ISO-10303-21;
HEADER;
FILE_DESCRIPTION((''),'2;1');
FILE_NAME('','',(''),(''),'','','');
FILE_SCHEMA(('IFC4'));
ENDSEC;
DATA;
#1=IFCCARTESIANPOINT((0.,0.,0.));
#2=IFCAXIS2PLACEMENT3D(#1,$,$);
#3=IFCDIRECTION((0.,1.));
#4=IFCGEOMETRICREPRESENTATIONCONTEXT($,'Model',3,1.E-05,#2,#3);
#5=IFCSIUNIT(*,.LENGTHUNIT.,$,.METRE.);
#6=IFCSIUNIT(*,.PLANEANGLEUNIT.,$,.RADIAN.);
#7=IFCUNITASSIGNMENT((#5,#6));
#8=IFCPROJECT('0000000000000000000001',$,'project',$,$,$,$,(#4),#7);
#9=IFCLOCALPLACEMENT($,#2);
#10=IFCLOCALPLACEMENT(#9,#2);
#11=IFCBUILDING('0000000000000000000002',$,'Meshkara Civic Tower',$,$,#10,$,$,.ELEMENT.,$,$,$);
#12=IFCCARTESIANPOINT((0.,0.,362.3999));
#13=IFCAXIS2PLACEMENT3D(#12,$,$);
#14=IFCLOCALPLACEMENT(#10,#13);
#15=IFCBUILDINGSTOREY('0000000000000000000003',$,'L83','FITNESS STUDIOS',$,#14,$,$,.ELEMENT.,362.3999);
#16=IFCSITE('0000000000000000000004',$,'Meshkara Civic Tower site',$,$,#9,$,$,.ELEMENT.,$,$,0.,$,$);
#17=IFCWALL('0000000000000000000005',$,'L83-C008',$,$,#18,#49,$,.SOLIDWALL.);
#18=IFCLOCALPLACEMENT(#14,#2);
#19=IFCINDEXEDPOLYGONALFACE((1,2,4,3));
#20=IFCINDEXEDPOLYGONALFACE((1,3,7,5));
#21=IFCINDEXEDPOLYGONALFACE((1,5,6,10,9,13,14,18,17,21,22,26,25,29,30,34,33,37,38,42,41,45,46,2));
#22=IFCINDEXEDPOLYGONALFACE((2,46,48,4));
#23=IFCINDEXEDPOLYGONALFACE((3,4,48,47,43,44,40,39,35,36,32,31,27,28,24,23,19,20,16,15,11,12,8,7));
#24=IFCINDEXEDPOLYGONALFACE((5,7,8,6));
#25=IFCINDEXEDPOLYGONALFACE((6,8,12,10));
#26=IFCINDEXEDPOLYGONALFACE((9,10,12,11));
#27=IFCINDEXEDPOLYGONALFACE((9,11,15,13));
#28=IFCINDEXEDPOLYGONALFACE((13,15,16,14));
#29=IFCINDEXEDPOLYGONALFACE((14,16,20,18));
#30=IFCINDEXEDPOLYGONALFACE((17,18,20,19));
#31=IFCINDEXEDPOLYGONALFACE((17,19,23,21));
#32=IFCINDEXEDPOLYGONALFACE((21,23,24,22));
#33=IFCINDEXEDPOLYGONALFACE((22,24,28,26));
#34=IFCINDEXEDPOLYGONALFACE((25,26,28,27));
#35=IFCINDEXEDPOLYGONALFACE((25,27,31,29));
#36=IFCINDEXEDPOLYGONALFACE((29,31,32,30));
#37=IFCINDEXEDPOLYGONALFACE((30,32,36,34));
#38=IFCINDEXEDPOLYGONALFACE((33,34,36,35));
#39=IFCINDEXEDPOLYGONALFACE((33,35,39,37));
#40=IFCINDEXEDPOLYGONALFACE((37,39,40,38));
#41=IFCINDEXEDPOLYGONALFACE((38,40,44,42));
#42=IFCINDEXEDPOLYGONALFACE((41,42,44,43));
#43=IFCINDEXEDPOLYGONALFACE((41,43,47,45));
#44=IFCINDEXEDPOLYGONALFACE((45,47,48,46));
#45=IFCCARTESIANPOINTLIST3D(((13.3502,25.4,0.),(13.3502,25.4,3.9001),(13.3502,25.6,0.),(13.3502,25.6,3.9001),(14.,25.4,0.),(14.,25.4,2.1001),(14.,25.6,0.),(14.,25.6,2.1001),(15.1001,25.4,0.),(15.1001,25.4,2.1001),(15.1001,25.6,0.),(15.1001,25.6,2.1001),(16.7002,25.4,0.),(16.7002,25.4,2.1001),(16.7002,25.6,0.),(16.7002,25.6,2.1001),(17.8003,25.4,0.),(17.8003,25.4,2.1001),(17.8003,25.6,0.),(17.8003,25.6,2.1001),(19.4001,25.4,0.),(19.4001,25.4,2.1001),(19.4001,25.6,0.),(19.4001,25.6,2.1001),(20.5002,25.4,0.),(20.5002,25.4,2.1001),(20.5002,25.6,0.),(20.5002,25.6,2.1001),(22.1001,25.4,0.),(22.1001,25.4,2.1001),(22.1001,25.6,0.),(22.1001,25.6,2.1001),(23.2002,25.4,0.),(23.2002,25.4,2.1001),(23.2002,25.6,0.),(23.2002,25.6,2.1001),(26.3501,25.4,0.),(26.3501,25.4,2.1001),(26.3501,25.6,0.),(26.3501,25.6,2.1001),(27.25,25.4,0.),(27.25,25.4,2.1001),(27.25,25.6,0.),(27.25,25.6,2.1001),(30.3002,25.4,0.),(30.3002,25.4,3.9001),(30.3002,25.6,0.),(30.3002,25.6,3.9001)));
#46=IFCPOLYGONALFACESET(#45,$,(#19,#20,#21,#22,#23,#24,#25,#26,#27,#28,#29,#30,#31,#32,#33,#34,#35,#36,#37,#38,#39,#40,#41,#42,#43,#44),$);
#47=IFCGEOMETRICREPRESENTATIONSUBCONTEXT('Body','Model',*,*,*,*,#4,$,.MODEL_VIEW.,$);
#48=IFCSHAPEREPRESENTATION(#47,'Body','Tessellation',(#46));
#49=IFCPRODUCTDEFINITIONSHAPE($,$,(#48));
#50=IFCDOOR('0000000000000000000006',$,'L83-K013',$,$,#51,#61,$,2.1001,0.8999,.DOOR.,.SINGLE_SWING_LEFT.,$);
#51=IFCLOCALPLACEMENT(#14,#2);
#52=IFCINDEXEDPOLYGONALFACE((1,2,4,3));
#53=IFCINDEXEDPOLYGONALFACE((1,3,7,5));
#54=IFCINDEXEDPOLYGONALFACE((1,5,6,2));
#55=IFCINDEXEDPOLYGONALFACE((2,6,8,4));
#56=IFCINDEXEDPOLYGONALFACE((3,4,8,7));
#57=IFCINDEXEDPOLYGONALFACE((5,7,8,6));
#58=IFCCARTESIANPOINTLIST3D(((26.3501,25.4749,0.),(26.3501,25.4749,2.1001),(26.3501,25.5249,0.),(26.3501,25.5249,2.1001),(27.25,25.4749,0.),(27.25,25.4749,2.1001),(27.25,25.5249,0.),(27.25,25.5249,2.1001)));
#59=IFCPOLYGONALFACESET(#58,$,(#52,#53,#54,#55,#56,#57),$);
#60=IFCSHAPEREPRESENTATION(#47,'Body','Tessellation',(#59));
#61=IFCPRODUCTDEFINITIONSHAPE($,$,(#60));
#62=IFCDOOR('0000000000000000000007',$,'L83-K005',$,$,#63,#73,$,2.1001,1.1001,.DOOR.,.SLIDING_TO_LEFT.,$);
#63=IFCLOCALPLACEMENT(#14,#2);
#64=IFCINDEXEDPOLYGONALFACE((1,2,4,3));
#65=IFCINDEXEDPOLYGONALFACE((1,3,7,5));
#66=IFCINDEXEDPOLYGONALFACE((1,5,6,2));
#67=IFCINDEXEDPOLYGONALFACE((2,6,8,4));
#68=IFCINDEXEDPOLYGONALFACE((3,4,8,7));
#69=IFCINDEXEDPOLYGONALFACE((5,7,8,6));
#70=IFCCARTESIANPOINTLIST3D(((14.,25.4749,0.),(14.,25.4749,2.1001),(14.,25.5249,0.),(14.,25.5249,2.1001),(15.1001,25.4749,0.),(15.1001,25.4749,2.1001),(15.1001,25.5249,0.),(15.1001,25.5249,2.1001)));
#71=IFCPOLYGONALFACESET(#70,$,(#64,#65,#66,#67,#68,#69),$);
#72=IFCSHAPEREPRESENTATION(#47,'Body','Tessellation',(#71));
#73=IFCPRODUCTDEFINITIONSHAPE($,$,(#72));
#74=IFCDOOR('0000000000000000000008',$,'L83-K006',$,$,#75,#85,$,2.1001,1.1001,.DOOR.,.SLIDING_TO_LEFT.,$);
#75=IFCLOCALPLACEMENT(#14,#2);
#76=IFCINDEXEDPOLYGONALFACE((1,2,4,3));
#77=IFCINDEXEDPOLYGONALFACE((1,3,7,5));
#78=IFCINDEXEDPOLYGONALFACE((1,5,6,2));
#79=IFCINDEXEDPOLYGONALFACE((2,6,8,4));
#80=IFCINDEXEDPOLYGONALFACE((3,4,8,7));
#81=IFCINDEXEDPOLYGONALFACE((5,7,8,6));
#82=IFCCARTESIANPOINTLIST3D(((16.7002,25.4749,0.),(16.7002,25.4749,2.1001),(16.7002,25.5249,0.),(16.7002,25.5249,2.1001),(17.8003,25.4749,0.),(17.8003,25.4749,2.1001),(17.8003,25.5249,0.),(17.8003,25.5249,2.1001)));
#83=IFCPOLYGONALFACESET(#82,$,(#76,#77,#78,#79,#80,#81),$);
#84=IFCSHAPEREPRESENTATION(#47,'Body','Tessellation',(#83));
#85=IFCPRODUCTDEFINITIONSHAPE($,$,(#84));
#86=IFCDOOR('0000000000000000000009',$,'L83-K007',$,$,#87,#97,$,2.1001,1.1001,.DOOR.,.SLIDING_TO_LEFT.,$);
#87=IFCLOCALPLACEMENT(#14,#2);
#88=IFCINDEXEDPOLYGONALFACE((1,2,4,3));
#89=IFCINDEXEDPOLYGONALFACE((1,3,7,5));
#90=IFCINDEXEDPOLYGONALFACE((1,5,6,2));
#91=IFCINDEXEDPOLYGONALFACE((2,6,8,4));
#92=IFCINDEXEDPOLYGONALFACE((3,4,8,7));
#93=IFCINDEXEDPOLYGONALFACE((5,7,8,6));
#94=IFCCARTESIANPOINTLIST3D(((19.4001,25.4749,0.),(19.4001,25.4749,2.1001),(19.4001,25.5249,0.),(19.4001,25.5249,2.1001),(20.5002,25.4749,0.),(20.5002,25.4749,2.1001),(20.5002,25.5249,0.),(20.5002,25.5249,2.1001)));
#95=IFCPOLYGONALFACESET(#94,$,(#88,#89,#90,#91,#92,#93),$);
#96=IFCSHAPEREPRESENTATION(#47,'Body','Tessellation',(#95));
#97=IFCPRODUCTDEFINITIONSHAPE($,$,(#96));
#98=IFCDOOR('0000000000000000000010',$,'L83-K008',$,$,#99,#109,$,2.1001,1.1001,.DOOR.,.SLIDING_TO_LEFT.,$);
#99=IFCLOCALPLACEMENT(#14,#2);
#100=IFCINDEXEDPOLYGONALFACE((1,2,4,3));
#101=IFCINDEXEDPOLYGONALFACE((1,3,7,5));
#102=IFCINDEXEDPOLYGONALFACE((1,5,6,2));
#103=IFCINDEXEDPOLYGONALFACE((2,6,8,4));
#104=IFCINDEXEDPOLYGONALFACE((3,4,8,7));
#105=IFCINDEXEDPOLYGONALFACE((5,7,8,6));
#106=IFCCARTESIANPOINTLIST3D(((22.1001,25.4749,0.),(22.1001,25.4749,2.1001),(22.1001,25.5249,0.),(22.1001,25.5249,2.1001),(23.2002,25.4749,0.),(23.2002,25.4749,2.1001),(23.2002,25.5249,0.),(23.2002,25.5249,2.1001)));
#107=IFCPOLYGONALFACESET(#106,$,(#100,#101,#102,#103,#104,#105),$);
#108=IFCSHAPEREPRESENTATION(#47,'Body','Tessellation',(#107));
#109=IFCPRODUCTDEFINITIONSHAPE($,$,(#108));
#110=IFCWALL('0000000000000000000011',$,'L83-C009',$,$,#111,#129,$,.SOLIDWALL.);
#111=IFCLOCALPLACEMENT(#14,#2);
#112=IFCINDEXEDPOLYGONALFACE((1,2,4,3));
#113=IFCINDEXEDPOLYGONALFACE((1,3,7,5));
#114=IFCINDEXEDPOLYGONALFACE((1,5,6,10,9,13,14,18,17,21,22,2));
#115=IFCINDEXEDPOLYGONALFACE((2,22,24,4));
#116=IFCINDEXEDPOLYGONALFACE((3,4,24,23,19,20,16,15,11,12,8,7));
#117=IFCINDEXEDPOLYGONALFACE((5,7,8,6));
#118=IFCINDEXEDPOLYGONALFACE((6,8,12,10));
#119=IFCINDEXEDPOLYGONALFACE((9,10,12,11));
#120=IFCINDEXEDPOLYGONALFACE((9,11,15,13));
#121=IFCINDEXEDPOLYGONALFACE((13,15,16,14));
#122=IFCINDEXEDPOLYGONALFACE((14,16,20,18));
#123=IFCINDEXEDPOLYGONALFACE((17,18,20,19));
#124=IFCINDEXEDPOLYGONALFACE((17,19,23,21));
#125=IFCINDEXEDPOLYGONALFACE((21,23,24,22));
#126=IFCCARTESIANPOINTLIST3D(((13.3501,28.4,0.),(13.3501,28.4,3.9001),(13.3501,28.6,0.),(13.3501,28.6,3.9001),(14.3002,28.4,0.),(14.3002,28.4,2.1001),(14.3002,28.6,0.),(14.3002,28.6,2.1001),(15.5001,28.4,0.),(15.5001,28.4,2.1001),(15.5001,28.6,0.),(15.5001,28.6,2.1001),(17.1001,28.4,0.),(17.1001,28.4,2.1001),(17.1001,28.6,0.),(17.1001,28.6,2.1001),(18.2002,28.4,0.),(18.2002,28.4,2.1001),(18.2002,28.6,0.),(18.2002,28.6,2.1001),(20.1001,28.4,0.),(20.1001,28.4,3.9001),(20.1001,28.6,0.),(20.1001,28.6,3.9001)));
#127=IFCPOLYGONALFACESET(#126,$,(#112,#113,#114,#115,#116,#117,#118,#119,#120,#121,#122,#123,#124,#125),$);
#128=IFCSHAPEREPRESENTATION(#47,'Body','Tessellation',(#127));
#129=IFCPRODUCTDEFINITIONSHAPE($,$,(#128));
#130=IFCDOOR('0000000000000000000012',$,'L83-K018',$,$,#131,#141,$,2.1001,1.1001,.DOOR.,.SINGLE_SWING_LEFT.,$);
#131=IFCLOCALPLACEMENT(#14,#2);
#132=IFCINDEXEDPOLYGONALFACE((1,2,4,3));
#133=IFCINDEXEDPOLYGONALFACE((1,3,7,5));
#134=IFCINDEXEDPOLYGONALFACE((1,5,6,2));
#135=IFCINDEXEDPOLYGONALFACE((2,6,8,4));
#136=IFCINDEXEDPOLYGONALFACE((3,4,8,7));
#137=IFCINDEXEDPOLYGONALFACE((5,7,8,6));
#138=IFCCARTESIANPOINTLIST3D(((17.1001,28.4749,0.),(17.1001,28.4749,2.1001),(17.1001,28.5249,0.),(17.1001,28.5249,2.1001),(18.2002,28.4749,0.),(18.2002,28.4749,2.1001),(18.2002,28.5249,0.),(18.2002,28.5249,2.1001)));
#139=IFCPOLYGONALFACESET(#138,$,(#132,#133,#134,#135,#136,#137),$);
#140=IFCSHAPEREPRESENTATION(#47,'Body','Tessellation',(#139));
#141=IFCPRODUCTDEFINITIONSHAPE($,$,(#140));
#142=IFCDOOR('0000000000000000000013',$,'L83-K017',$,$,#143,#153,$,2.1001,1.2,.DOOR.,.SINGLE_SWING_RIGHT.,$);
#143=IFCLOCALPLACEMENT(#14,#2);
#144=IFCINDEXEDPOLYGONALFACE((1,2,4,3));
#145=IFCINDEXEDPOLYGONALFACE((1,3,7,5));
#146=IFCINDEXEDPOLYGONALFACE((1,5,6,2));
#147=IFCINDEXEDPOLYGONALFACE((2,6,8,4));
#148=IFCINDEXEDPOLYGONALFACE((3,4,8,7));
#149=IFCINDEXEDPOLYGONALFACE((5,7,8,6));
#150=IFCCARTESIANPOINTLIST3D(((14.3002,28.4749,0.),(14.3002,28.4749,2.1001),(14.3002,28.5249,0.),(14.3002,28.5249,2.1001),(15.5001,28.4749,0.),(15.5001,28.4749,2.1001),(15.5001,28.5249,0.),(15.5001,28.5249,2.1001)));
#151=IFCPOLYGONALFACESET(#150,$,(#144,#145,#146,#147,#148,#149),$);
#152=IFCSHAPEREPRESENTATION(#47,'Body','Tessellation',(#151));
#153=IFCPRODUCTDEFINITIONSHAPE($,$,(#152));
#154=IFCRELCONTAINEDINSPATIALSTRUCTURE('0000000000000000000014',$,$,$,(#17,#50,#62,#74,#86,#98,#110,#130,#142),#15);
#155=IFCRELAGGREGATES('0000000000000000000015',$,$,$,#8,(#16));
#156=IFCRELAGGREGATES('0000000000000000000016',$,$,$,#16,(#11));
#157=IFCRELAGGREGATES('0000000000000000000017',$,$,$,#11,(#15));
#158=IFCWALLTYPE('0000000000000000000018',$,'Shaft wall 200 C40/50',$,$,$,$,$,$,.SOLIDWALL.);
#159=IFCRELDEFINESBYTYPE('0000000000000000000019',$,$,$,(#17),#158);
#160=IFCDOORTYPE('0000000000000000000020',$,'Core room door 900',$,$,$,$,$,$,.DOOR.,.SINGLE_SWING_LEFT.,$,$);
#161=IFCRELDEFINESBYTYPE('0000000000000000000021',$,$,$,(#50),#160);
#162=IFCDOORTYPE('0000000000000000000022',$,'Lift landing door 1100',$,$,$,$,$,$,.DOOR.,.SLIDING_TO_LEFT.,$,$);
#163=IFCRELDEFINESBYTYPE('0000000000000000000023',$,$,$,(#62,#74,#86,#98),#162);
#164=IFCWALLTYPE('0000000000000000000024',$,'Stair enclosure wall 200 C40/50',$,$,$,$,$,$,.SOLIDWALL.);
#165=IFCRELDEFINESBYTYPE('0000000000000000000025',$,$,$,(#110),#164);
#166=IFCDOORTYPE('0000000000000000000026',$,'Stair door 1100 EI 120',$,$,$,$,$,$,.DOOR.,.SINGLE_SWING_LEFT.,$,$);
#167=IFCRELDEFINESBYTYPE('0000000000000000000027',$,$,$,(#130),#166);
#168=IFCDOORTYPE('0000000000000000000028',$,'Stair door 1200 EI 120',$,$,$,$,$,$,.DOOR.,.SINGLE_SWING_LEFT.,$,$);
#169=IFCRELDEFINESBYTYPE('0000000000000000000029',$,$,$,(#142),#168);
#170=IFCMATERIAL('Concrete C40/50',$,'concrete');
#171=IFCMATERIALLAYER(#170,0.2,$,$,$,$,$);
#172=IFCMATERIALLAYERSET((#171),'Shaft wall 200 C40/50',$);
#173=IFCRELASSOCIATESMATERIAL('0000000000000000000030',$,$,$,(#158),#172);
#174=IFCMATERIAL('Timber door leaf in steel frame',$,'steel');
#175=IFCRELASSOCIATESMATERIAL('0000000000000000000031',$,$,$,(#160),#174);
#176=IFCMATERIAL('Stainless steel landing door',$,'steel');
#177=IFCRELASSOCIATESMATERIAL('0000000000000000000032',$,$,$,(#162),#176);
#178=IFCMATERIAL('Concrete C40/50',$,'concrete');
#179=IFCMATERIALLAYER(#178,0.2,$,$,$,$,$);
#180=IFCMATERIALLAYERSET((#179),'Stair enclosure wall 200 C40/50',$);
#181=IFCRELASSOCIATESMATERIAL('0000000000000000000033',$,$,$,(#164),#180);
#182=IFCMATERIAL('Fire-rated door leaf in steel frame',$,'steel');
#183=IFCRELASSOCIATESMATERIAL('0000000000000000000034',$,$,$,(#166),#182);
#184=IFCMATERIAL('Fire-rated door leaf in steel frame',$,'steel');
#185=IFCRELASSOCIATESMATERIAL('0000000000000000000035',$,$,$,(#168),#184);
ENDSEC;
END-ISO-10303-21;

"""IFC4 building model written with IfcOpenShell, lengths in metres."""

from ifc_helpers import new_model, si_unit, direction, frame, frame_2d, origin, place, context, subcontext, project, spatial, rectangle, extrude, material, layer, layer_set, type_object, element, fill, save


model = new_model("IFC4")

# Units and contexts
model_context = context("Model", 3, precision=1e-05, world=origin(), true_north=direction((0.0, 1.0)))
body_context = subcontext(model_context, "Body", "Model", "MODEL_VIEW")
ifc_project = project(units=[si_unit("LENGTHUNIT", "METRE"), si_unit("PLANEANGLEUNIT", "RADIAN")], contexts=[model_context])

# Site, building, storey
site_placement = place(None, origin())
site = spatial("IfcSite", under=ifc_project, at=site_placement, Name="Meshkara Civic Tower site", CompositionType="ELEMENT", RefElevation=0.0)
building_placement = place(site_placement, origin())
building = spatial("IfcBuilding", under=site, at=building_placement, Name="Meshkara Civic Tower", CompositionType="ELEMENT")
storey_placement = place(building_placement, frame((0.0, 0.0, 362.3999)))
storey = spatial("IfcBuildingStorey", under=building, at=storey_placement, Name="L83", Description="FITNESS STUDIOS", CompositionType="ELEMENT", Elevation=362.3999)

# Walls, openings, doors
ifc_material_1 = material(Name="Concrete C40/50", Category="concrete")
ifc_layer_1 = layer(ifc_material_1, 0.2)
ifc_layer_set_1 = layer_set([ifc_layer_1], Name="Shaft wall 200 C40/50")
wall_type_1 = type_object("IfcWallType", Name="Shaft wall 200 C40/50", PredefinedType="SOLIDWALL", material=ifc_layer_set_1)
wall_1_placement = place(storey_placement, frame((13.3501, 25.5, 0.0), z_axis=(0.0, 0.0, 1.0), x_axis=(1.0, 0.0, 0.0)))
wall_1 = element("IfcWall", 1, at=wall_1_placement, inside=storey, type_object=wall_type_1, Name="L83-C008", PredefinedType="SOLIDWALL", context=body_context, shape_type="SweptSolid", body=[
    extrude(rectangle(XDim=16.95, YDim=0.2, at=frame_2d((8.4751, 0.0))), origin(), (0.0, 0.0, 1.0), 3.9001),
])
opening_1_placement = place(wall_1_placement, frame((0.6499, 0.0, 0.0)))
opening_1 = element("IfcOpeningElement", 2, at=opening_1_placement, cuts=wall_1, PredefinedType="OPENING", context=body_context, shape_type="SweptSolid", body=[
    extrude(rectangle(XDim=1.1001, YDim=2.1001, at=frame_2d((0.55, 1.05))), frame((0.0, 0.1099, 0.0), z_axis=(0.0, -1.0, 0.0), x_axis=(1.0, 0.0, 0.0)), (0.0, 0.0, 1.0), 0.22),
])
opening_2_placement = place(wall_1_placement, frame((3.3501, 0.0, 0.0)))
opening_2 = element("IfcOpeningElement", 3, at=opening_2_placement, cuts=wall_1, PredefinedType="OPENING", context=body_context, shape_type="SweptSolid", body=[
    extrude(rectangle(XDim=1.1001, YDim=2.1001, at=frame_2d((0.55, 1.05))), frame((0.0, 0.1099, 0.0), z_axis=(0.0, -1.0, 0.0), x_axis=(1.0, 0.0, 0.0)), (0.0, 0.0, 1.0), 0.22),
])
opening_3_placement = place(wall_1_placement, frame((6.05, 0.0, 0.0)))
opening_3 = element("IfcOpeningElement", 4, at=opening_3_placement, cuts=wall_1, PredefinedType="OPENING", context=body_context, shape_type="SweptSolid", body=[
    extrude(rectangle(XDim=1.1001, YDim=2.1001, at=frame_2d((0.55, 1.05))), frame((0.0, 0.1099, 0.0), z_axis=(0.0, -1.0, 0.0), x_axis=(1.0, 0.0, 0.0)), (0.0, 0.0, 1.0), 0.22),
])
opening_4_placement = place(wall_1_placement, frame((8.75, 0.0, 0.0)))
opening_4 = element("IfcOpeningElement", 5, at=opening_4_placement, cuts=wall_1, PredefinedType="OPENING", context=body_context, shape_type="SweptSolid", body=[
    extrude(rectangle(XDim=1.1001, YDim=2.1001, at=frame_2d((0.55, 1.05))), frame((0.0, 0.1099, 0.0), z_axis=(0.0, -1.0, 0.0), x_axis=(1.0, 0.0, 0.0)), (0.0, 0.0, 1.0), 0.22),
])
opening_5_placement = place(wall_1_placement, frame((13.0, 0.0, 0.0)))
opening_5 = element("IfcOpeningElement", 6, at=opening_5_placement, cuts=wall_1, PredefinedType="OPENING", context=body_context, shape_type="SweptSolid", body=[
    extrude(rectangle(XDim=0.8999, YDim=2.1001, at=frame_2d((0.45, 1.05))), frame((0.0, 0.1099, 0.0), z_axis=(0.0, -1.0, 0.0), x_axis=(1.0, 0.0, 0.0)), (0.0, 0.0, 1.0), 0.22),
])
ifc_material_2 = material(Name="Timber door leaf in steel frame", Category="steel")
door_type_1 = type_object("IfcDoorType", Name="Core room door 900", OperationType="SINGLE_SWING_LEFT", PredefinedType="DOOR", material=ifc_material_2)
door_1_placement = place(opening_5_placement, origin())
door_1 = element("IfcDoor", 7, at=door_1_placement, inside=storey, type_object=door_type_1, Name="L83-K013", OperationType="SINGLE_SWING_LEFT", OverallHeight=2.1001, OverallWidth=0.8999, PredefinedType="DOOR", context=body_context, shape_type="SweptSolid", body=[
    extrude(rectangle(XDim=0.8999, YDim=2.1001, at=frame_2d((0.45, 1.05))), frame((0.0, 0.0249, 0.0), z_axis=(0.0, -1.0, 0.0), x_axis=(1.0, 0.0, 0.0)), (0.0, 0.0, 1.0), 0.05),
])
fill(opening_5, door_1)
ifc_material_3 = material(Name="Stainless steel landing door", Category="steel")
door_type_2 = type_object("IfcDoorType", Name="Lift landing door 1100", OperationType="SLIDING_TO_LEFT", PredefinedType="DOOR", material=ifc_material_3)
door_2_placement = place(opening_1_placement, origin())
door_2 = element("IfcDoor", 8, at=door_2_placement, inside=storey, type_object=door_type_2, Name="L83-K005", OperationType="SLIDING_TO_LEFT", OverallHeight=2.1001, OverallWidth=1.1001, PredefinedType="DOOR", context=body_context, shape_type="SweptSolid", body=[
    extrude(rectangle(XDim=1.1001, YDim=2.1001, at=frame_2d((0.55, 1.05))), frame((0.0, 0.0249, 0.0), z_axis=(0.0, -1.0, 0.0), x_axis=(1.0, 0.0, 0.0)), (0.0, 0.0, 1.0), 0.05),
])
fill(opening_1, door_2)
door_3_placement = place(opening_2_placement, origin())
door_3 = element("IfcDoor", 9, at=door_3_placement, inside=storey, type_object=door_type_2, Name="L83-K006", OperationType="SLIDING_TO_LEFT", OverallHeight=2.1001, OverallWidth=1.1001, PredefinedType="DOOR", context=body_context, shape_type="SweptSolid", body=[
    extrude(rectangle(XDim=1.1001, YDim=2.1001, at=frame_2d((0.55, 1.05))), frame((0.0, 0.0249, 0.0), z_axis=(0.0, -1.0, 0.0), x_axis=(1.0, 0.0, 0.0)), (0.0, 0.0, 1.0), 0.05),
])
fill(opening_2, door_3)
door_4_placement = place(opening_3_placement, origin())
door_4 = element("IfcDoor", 10, at=door_4_placement, inside=storey, type_object=door_type_2, Name="L83-K007", OperationType="SLIDING_TO_LEFT", OverallHeight=2.1001, OverallWidth=1.1001, PredefinedType="DOOR", context=body_context, shape_type="SweptSolid", body=[
    extrude(rectangle(XDim=1.1001, YDim=2.1001, at=frame_2d((0.55, 1.05))), frame((0.0, 0.0249, 0.0), z_axis=(0.0, -1.0, 0.0), x_axis=(1.0, 0.0, 0.0)), (0.0, 0.0, 1.0), 0.05),
])
fill(opening_3, door_4)
door_5_placement = place(opening_4_placement, origin())
door_5 = element("IfcDoor", 11, at=door_5_placement, inside=storey, type_object=door_type_2, Name="L83-K008", OperationType="SLIDING_TO_LEFT", OverallHeight=2.1001, OverallWidth=1.1001, PredefinedType="DOOR", context=body_context, shape_type="SweptSolid", body=[
    extrude(rectangle(XDim=1.1001, YDim=2.1001, at=frame_2d((0.55, 1.05))), frame((0.0, 0.0249, 0.0), z_axis=(0.0, -1.0, 0.0), x_axis=(1.0, 0.0, 0.0)), (0.0, 0.0, 1.0), 0.05),
])
fill(opening_4, door_5)
ifc_material_4 = material(Name="Concrete C40/50", Category="concrete")
ifc_layer_2 = layer(ifc_material_4, 0.2)
ifc_layer_set_2 = layer_set([ifc_layer_2], Name="Stair enclosure wall 200 C40/50")
wall_type_2 = type_object("IfcWallType", Name="Stair enclosure wall 200 C40/50", PredefinedType="SOLIDWALL", material=ifc_layer_set_2)
wall_2_placement = place(storey_placement, frame((13.3501, 28.5, 0.0), z_axis=(0.0, 0.0, 1.0), x_axis=(1.0, 0.0, 0.0)))
wall_2 = element("IfcWall", 12, at=wall_2_placement, inside=storey, type_object=wall_type_2, Name="L83-C009", PredefinedType="SOLIDWALL", context=body_context, shape_type="SweptSolid", body=[
    extrude(rectangle(XDim=6.75, YDim=0.2, at=frame_2d((3.375, 0.0))), origin(), (0.0, 0.0, 1.0), 3.9001),
])
opening_6_placement = place(wall_2_placement, frame((0.95, 0.0, 0.0)))
opening_6 = element("IfcOpeningElement", 13, at=opening_6_placement, cuts=wall_2, PredefinedType="OPENING", context=body_context, shape_type="SweptSolid", body=[
    extrude(rectangle(XDim=1.2, YDim=2.1001, at=frame_2d((0.6001, 1.05))), frame((0.0, 0.1099, 0.0), z_axis=(0.0, -1.0, 0.0), x_axis=(1.0, 0.0, 0.0)), (0.0, 0.0, 1.0), 0.22),
])
opening_7_placement = place(wall_2_placement, frame((3.75, 0.0, 0.0)))
opening_7 = element("IfcOpeningElement", 14, at=opening_7_placement, cuts=wall_2, PredefinedType="OPENING", context=body_context, shape_type="SweptSolid", body=[
    extrude(rectangle(XDim=1.1001, YDim=2.1001, at=frame_2d((0.55, 1.05))), frame((0.0, 0.1099, 0.0), z_axis=(0.0, -1.0, 0.0), x_axis=(1.0, 0.0, 0.0)), (0.0, 0.0, 1.0), 0.22),
])
ifc_material_5 = material(Name="Fire-rated door leaf in steel frame", Category="steel")
door_type_3 = type_object("IfcDoorType", Name="Stair door 1100 EI 120", OperationType="SINGLE_SWING_LEFT", PredefinedType="DOOR", material=ifc_material_5)
door_6_placement = place(opening_7_placement, origin())
door_6 = element("IfcDoor", 15, at=door_6_placement, inside=storey, type_object=door_type_3, Name="L83-K018", OperationType="SINGLE_SWING_LEFT", OverallHeight=2.1001, OverallWidth=1.1001, PredefinedType="DOOR", context=body_context, shape_type="SweptSolid", body=[
    extrude(rectangle(XDim=1.1001, YDim=2.1001, at=frame_2d((0.55, 1.05))), frame((0.0, 0.0249, 0.0), z_axis=(0.0, -1.0, 0.0), x_axis=(1.0, 0.0, 0.0)), (0.0, 0.0, 1.0), 0.05),
])
fill(opening_7, door_6)
ifc_material_6 = material(Name="Fire-rated door leaf in steel frame", Category="steel")
door_type_4 = type_object("IfcDoorType", Name="Stair door 1200 EI 120", OperationType="SINGLE_SWING_LEFT", PredefinedType="DOOR", material=ifc_material_6)
door_7_placement = place(opening_6_placement, origin())
door_7 = element("IfcDoor", 16, at=door_7_placement, inside=storey, type_object=door_type_4, Name="L83-K017", OperationType="SINGLE_SWING_RIGHT", OverallHeight=2.1001, OverallWidth=1.2, PredefinedType="DOOR", context=body_context, shape_type="SweptSolid", body=[
    extrude(rectangle(XDim=1.2, YDim=2.1001, at=frame_2d((0.6001, 1.05))), frame((0.0, 0.0249, 0.0), z_axis=(0.0, -1.0, 0.0), x_axis=(1.0, 0.0, 0.0)), (0.0, 0.0, 1.0), 0.05),
])
fill(opening_6, door_7)

save(model, "model.ifc")
